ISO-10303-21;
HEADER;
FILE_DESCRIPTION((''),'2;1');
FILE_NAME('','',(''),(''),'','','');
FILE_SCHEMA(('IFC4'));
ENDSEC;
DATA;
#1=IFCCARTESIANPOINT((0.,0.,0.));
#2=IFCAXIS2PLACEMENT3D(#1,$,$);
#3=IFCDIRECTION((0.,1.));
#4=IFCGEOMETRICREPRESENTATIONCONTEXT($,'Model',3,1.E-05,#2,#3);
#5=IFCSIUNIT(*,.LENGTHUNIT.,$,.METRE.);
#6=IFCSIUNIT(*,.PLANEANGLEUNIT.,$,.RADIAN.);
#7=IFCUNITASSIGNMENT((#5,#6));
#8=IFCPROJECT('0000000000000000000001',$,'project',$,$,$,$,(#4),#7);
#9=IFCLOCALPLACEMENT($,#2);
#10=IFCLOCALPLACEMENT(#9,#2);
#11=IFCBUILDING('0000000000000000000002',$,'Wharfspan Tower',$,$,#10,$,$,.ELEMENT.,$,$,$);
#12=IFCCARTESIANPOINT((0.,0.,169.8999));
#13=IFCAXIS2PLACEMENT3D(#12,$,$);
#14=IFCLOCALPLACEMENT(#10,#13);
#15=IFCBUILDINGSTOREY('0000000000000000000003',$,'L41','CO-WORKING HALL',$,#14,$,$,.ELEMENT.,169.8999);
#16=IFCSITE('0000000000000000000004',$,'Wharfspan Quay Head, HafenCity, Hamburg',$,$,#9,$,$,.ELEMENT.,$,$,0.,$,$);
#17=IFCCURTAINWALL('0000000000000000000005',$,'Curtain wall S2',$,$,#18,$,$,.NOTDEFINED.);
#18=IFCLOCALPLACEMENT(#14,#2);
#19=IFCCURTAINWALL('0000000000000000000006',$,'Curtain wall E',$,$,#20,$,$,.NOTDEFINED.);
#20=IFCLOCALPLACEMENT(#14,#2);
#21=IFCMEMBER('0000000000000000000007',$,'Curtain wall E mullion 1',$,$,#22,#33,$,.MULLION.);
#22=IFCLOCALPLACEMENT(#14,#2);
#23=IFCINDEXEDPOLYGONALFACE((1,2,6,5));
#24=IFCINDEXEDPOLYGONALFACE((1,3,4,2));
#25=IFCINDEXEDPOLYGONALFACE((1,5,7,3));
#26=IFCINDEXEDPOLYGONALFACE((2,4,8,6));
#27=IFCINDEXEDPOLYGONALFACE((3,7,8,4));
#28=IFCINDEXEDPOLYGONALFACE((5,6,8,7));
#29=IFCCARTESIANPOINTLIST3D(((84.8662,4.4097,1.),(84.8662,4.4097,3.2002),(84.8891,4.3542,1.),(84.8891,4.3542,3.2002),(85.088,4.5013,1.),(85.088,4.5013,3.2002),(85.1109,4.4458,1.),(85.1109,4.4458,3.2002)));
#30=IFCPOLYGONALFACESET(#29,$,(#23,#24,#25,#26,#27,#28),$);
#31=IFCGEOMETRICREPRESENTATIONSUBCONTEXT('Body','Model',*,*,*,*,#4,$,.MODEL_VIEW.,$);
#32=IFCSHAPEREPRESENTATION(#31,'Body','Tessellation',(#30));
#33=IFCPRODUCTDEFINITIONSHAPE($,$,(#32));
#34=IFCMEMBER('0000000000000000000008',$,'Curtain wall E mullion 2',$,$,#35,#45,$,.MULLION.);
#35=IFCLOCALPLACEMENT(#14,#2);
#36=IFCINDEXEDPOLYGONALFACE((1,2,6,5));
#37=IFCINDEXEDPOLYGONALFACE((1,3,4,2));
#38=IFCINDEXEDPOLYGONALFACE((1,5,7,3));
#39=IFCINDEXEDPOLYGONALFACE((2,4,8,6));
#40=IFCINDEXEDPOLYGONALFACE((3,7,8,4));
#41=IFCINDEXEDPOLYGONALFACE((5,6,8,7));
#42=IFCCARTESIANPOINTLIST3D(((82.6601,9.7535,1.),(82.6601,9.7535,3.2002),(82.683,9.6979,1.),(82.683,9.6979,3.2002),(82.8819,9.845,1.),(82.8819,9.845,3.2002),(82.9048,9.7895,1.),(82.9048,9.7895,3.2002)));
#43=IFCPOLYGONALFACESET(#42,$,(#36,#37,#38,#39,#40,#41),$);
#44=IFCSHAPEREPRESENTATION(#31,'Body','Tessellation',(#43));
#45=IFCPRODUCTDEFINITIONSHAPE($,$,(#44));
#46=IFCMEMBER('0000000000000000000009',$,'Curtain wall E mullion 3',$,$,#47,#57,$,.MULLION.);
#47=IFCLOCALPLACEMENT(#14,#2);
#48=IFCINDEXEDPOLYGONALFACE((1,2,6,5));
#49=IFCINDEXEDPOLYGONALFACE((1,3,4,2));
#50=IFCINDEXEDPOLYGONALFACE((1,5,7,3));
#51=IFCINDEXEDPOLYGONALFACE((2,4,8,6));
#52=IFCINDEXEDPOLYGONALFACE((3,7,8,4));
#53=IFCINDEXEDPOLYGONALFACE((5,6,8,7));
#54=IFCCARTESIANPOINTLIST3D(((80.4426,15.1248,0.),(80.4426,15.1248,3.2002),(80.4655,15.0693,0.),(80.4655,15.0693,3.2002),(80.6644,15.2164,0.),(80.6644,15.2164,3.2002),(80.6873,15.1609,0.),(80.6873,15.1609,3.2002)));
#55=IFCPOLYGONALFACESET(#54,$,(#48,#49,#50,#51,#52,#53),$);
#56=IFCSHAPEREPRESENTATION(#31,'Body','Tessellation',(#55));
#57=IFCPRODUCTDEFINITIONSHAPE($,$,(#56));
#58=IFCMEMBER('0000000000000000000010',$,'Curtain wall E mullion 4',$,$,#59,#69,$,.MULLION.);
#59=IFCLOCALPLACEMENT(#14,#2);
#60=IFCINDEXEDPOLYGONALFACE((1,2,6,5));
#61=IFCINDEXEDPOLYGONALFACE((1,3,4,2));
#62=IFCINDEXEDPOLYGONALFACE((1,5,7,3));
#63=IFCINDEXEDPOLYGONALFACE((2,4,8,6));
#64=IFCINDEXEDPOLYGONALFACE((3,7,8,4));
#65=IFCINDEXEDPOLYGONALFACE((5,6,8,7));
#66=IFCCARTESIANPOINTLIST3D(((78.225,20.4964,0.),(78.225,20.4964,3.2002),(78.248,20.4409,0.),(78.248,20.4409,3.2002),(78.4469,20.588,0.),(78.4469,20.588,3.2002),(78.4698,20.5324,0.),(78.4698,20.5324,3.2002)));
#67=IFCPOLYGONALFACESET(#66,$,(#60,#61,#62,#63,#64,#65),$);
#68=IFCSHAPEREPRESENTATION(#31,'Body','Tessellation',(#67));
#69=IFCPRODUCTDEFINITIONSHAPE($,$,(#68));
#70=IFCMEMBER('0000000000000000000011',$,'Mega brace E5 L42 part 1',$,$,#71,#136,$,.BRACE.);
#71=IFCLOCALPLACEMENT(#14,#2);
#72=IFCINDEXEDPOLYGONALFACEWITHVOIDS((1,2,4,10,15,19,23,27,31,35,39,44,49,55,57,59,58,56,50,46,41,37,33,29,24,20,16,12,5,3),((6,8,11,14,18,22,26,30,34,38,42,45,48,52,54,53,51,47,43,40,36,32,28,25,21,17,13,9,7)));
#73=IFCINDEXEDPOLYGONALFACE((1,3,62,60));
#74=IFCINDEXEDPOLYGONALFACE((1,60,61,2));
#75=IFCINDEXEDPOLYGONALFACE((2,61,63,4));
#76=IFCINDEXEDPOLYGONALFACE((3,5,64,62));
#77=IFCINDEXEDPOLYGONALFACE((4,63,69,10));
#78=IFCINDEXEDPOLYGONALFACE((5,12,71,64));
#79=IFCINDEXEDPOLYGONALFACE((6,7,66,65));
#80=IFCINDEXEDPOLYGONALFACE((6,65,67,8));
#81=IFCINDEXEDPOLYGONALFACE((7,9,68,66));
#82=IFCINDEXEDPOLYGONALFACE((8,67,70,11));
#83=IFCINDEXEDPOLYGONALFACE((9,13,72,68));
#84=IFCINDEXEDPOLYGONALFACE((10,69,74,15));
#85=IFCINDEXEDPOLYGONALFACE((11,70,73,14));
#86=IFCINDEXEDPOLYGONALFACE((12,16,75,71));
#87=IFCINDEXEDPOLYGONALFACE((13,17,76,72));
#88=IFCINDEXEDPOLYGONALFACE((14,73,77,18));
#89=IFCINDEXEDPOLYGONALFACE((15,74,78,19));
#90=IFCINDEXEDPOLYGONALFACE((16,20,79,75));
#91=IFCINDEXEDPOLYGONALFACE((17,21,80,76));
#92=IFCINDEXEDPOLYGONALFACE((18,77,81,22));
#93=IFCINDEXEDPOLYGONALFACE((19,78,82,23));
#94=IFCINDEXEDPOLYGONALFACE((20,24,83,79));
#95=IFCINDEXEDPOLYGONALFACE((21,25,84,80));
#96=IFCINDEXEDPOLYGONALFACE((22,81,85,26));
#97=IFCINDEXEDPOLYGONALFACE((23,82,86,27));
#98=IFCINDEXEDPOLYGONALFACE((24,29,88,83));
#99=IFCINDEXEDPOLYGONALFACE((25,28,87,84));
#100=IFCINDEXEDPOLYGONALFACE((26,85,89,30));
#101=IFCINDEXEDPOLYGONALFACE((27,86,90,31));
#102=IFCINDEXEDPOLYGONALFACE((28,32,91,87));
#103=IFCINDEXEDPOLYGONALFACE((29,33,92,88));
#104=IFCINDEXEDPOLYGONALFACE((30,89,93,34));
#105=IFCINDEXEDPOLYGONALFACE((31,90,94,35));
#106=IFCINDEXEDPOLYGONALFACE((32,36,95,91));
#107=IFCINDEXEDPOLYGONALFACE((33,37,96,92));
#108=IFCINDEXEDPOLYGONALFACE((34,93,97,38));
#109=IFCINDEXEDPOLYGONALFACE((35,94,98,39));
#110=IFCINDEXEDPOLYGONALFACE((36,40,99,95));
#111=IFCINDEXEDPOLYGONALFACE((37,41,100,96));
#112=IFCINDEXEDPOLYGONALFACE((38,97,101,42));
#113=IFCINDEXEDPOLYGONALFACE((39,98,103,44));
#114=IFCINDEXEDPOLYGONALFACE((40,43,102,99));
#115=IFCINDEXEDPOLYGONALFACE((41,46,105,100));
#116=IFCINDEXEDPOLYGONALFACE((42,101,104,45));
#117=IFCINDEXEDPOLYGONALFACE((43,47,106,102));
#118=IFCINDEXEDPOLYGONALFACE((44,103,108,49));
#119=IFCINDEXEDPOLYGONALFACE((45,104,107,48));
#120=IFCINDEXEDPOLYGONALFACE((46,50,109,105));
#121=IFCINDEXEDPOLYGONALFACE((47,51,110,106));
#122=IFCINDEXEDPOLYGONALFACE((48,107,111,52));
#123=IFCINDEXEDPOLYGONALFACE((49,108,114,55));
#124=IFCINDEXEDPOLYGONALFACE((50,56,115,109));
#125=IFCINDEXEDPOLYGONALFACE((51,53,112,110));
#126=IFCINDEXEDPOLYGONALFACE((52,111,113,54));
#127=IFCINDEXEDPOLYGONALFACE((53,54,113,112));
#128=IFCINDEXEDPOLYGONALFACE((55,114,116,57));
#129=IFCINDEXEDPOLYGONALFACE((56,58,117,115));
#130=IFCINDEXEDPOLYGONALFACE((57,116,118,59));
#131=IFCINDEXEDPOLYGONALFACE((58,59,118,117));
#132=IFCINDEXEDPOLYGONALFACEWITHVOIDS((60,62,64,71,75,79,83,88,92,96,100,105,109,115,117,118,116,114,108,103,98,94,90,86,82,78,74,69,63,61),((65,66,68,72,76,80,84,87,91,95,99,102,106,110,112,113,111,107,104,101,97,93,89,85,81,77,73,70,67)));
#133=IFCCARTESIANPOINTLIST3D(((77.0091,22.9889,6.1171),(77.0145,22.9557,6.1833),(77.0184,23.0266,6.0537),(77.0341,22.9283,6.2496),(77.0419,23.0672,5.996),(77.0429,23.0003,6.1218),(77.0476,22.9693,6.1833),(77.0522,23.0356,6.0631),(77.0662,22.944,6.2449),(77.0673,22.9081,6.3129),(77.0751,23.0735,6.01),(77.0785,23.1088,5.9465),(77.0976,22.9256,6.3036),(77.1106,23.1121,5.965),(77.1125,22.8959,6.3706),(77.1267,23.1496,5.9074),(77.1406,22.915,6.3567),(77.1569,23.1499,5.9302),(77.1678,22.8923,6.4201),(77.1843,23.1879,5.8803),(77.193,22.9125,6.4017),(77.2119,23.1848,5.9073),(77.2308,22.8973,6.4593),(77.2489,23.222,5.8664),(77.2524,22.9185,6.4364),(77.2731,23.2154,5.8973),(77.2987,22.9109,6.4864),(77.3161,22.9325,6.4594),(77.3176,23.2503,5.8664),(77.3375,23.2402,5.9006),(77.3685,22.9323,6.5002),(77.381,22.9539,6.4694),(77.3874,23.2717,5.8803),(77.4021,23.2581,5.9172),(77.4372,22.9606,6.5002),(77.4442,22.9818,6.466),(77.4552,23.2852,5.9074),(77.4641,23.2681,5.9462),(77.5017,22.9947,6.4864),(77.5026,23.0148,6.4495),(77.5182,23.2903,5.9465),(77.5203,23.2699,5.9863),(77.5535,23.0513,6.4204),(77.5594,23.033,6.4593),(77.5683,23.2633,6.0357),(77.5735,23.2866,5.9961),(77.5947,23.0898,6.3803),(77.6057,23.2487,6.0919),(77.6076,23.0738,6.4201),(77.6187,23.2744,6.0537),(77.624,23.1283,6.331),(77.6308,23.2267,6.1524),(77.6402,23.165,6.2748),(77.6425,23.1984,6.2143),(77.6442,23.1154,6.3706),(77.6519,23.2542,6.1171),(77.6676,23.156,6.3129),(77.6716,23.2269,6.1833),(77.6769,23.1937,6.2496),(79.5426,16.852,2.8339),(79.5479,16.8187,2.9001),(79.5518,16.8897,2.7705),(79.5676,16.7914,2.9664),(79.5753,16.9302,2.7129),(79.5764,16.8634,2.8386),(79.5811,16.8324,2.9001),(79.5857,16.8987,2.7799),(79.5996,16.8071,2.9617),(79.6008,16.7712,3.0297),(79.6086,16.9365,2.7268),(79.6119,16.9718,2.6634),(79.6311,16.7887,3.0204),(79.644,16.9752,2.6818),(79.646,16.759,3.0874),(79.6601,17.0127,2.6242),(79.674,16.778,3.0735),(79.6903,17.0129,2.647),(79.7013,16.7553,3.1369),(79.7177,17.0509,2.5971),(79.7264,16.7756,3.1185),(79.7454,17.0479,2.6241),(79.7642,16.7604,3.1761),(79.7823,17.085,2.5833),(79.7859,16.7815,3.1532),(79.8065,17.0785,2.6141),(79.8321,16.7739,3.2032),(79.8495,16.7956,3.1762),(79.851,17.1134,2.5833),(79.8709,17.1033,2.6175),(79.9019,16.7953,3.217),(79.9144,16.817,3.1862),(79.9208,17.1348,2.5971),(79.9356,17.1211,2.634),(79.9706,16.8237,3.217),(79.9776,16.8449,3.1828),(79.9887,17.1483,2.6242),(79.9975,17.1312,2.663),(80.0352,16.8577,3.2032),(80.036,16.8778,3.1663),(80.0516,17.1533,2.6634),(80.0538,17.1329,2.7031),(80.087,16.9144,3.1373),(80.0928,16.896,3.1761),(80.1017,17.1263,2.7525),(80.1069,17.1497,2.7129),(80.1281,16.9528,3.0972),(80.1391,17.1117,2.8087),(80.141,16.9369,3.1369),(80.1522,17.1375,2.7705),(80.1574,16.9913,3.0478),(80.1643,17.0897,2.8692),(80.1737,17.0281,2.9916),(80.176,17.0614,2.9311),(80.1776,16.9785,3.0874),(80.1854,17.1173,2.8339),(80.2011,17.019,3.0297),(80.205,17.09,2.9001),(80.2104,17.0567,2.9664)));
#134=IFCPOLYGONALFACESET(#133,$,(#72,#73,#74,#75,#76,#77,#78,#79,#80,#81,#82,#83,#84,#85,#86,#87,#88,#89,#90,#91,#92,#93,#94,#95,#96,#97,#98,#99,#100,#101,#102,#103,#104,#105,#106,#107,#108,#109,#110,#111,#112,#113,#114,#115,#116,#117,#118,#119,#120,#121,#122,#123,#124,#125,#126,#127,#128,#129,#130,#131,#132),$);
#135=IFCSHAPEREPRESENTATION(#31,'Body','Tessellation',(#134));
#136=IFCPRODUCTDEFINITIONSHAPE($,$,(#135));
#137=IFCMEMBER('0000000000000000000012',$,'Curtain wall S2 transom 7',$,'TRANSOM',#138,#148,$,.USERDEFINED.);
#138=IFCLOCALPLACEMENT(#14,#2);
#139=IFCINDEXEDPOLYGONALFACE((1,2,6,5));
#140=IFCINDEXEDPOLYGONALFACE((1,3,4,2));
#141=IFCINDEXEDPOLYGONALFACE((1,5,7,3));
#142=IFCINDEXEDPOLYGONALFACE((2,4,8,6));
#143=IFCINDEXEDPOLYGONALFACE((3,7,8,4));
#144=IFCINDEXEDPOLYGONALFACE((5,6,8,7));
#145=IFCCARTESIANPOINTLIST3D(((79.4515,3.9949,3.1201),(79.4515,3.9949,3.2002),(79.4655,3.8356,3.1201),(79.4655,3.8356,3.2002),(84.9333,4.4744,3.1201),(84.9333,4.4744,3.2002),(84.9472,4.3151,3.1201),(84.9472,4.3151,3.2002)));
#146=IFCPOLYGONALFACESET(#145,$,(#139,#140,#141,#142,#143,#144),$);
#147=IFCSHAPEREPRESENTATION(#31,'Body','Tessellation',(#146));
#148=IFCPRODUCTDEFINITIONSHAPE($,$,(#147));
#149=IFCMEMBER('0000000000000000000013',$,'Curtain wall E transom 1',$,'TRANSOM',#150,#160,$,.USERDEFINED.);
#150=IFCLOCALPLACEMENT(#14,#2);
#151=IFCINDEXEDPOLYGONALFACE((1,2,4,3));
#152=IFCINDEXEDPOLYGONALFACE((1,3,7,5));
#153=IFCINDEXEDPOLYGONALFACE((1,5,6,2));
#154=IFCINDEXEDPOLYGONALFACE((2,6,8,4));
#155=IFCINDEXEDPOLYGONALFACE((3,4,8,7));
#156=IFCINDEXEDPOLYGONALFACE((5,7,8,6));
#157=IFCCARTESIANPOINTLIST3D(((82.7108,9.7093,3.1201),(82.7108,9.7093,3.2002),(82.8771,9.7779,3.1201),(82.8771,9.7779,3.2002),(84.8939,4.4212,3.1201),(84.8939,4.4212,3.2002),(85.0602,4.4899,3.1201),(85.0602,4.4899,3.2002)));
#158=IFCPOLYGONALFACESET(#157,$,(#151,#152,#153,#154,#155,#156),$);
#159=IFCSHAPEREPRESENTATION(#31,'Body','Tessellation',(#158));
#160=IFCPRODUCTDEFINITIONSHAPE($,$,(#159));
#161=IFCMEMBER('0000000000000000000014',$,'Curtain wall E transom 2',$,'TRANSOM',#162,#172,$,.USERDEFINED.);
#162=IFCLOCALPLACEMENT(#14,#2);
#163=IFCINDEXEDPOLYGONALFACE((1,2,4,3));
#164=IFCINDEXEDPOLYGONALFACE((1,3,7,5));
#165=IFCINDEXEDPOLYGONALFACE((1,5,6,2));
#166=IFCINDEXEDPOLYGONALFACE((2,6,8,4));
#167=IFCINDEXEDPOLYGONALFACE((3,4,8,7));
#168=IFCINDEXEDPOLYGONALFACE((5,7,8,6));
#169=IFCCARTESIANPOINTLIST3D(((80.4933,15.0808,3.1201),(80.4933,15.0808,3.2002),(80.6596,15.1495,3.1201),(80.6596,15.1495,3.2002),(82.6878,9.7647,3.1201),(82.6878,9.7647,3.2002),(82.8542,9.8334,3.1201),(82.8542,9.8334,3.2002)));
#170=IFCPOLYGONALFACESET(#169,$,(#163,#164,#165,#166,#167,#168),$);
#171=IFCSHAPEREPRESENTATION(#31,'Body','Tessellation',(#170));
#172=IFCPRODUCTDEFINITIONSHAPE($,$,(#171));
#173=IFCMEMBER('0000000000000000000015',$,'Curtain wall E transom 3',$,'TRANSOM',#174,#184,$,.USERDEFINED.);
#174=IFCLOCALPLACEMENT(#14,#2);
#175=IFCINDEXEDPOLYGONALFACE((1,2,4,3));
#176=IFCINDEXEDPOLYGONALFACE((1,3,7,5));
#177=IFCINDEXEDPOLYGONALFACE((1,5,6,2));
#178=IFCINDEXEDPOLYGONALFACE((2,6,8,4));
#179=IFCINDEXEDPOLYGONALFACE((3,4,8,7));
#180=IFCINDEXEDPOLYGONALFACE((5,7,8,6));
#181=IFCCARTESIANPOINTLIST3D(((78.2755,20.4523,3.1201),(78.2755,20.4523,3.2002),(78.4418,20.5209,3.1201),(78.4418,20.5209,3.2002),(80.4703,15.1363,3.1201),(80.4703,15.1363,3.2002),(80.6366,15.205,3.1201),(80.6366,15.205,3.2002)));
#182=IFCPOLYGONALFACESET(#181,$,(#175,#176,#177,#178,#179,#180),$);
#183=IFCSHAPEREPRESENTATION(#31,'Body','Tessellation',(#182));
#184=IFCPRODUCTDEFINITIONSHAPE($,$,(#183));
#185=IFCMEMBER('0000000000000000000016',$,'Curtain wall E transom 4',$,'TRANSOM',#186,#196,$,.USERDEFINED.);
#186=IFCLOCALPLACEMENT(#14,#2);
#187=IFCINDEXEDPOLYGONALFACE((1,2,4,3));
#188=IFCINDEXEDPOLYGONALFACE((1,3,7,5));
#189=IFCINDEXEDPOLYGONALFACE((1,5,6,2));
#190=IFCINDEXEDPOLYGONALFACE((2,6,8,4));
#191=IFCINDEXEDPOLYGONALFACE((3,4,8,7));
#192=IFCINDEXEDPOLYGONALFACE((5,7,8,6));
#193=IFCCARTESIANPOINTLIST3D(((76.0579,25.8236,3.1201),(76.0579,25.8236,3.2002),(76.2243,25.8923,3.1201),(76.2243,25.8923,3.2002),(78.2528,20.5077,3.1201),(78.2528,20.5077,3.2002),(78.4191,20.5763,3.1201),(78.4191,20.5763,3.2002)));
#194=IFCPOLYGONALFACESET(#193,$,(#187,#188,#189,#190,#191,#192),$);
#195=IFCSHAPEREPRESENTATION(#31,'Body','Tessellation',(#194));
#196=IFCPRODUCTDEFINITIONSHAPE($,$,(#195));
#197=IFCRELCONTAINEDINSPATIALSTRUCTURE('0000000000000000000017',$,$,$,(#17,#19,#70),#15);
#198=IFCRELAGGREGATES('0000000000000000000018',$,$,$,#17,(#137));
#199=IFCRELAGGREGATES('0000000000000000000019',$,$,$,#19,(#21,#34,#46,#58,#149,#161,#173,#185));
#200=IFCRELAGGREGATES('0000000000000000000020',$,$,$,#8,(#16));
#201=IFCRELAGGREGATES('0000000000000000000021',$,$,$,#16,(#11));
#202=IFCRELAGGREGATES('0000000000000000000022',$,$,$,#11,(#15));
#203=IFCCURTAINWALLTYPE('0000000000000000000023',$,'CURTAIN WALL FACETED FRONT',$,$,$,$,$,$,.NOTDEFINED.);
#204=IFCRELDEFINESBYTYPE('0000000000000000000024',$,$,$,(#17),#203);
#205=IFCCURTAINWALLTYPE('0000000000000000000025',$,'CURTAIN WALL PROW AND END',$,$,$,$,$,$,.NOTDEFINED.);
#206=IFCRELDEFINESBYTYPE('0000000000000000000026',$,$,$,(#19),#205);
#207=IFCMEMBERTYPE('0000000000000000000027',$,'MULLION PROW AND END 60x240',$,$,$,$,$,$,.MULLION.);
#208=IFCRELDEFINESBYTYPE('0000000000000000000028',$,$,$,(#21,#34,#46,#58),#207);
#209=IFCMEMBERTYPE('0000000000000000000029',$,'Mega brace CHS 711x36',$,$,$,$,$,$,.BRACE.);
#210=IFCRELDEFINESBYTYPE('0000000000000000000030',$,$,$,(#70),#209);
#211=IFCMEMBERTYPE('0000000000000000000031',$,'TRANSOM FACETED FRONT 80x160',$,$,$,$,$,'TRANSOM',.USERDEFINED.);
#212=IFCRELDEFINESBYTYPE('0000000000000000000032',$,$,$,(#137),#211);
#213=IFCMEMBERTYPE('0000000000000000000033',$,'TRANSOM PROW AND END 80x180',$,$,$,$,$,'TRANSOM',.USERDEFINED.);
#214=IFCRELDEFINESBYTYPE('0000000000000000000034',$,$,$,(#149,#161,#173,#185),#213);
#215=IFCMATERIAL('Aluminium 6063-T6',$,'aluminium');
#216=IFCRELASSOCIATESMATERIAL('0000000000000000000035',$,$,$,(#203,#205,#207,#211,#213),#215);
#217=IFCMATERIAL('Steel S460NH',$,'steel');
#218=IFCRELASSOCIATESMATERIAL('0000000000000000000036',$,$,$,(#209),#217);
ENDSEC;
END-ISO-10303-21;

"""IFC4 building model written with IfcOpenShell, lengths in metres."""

from ifc_helpers import new_model, si_unit, direction, frame, origin, origin_2d, place, context, subcontext, project, spatial, rectangle, hollow_circle, extrude, material, material_profile, profile_set, type_object, element, aggregate, save


model = new_model("IFC4")

# Units and contexts
model_context = context("Model", 3, precision=1e-05, world=origin(), true_north=direction((0.0, 1.0)))
body_context = subcontext(model_context, "Body", "Model", "MODEL_VIEW")
ifc_project = project(units=[si_unit("LENGTHUNIT", "METRE"), si_unit("PLANEANGLEUNIT", "RADIAN")], contexts=[model_context])

# Site, building, storey
site_placement = place(None, origin())
site = spatial("IfcSite", under=ifc_project, at=site_placement, Name="Wharfspan Quay Head, HafenCity, Hamburg", CompositionType="ELEMENT", RefElevation=0.0)
building_placement = place(site_placement, origin())
building = spatial("IfcBuilding", under=site, at=building_placement, Name="Wharfspan Tower", CompositionType="ELEMENT")
storey_placement = place(building_placement, frame((0.0, 0.0, 169.8999)))
storey = spatial("IfcBuildingStorey", under=building, at=storey_placement, Name="L41", Description="CO-WORKING HALL", CompositionType="ELEMENT", Elevation=169.8999)

# Curtain walls, members
ifc_material_1 = material(Name="Aluminium 6063-T6", Category="aluminium")
curtain_wall_type_1 = type_object("IfcCurtainWallType", Name="CURTAIN WALL FACETED FRONT", PredefinedType="NOTDEFINED", material=ifc_material_1)
curtain_wall_1_placement = place(storey_placement, origin())
curtain_wall_1 = element("IfcCurtainWall", 1, at=curtain_wall_1_placement, inside=storey, type_object=curtain_wall_type_1, Name="Curtain wall S2", PredefinedType="NOTDEFINED")
curtain_wall_type_2 = type_object("IfcCurtainWallType", Name="CURTAIN WALL PROW AND END", PredefinedType="NOTDEFINED", material=ifc_material_1)
curtain_wall_2_placement = place(storey_placement, origin())
curtain_wall_2 = element("IfcCurtainWall", 2, at=curtain_wall_2_placement, inside=storey, type_object=curtain_wall_type_2, Name="Curtain wall E", PredefinedType="NOTDEFINED")
ifc_material_profile_1 = material_profile(ifc_material_1, rectangle(XDim=0.24, YDim=0.0601, at=origin_2d()))
ifc_profile_set_1 = profile_set([ifc_material_profile_1], Name="Aluminium 6063-T6")
member_type_1 = type_object("IfcMemberType", Name="MULLION PROW AND END 60x240", PredefinedType="MULLION", material=ifc_profile_set_1)
member_1_placement = place(storey_placement, frame((84.9885, 4.4277, 1.0), z_axis=(0.0, 0.0, 1.0), x_axis=(-0.924325, -0.381602, 0.0)))
member_1 = element("IfcMember", 3, at=member_1_placement, type_object=member_type_1, Name="Curtain wall E mullion 1", PredefinedType="MULLION", context=body_context, shape_type="SweptSolid", body=[
    extrude(rectangle(XDim=0.24, YDim=0.0601, at=origin_2d()), origin(), (0.0, 0.0, 1.0), 2.2002),
])
member_2_placement = place(storey_placement, frame((82.7825, 9.7715, 1.0), z_axis=(0.0, 0.0, 1.0), x_axis=(-0.924325, -0.381602, 0.0)))
member_2 = element("IfcMember", 4, at=member_2_placement, type_object=member_type_1, Name="Curtain wall E mullion 2", PredefinedType="MULLION", context=body_context, shape_type="SweptSolid", body=[
    extrude(rectangle(XDim=0.24, YDim=0.0601, at=origin_2d()), origin(), (0.0, 0.0, 1.0), 2.2002),
])
member_3_placement = place(storey_placement, frame((80.5649, 15.1428, 0.0), z_axis=(0.0, 0.0, 1.0), x_axis=(-0.924325, -0.381602, 0.0)))
member_3 = element("IfcMember", 5, at=member_3_placement, type_object=member_type_1, Name="Curtain wall E mullion 3", PredefinedType="MULLION", context=body_context, shape_type="SweptSolid", body=[
    extrude(rectangle(XDim=0.24, YDim=0.0601, at=origin_2d()), origin(), (0.0, 0.0, 1.0), 3.2002),
])
member_4_placement = place(storey_placement, frame((78.3474, 20.5144, 0.0), z_axis=(0.0, 0.0, 1.0), x_axis=(-0.924325, -0.381602, 0.0)))
member_4 = element("IfcMember", 6, at=member_4_placement, type_object=member_type_1, Name="Curtain wall E mullion 4", PredefinedType="MULLION", context=body_context, shape_type="SweptSolid", body=[
    extrude(rectangle(XDim=0.24, YDim=0.0601, at=origin_2d()), origin(), (0.0, 0.0, 1.0), 3.2002),
])

# Members
ifc_material_2 = material(Name="Steel S460NH", Category="steel")
ifc_material_profile_2 = material_profile(ifc_material_2, hollow_circle(Radius=0.3555, WallThickness=0.0359, at=origin_2d()))
ifc_profile_set_2 = profile_set([ifc_material_profile_2], Name="Steel S460NH")
member_type_2 = type_object("IfcMemberType", Name="Mega brace CHS 711x36", PredefinedType="BRACE", material=ifc_profile_set_2)
member_5_placement = place(storey_placement, frame((79.8765, 16.9543, 2.9001), z_axis=(-0.342045, 0.828562, 0.443271), x_axis=(-0.924337, -0.381581, -0.000003)))
element("IfcMember", 7, at=member_5_placement, inside=storey, type_object=member_type_2, Name="Mega brace E5 L42 part 1", PredefinedType="BRACE", context=body_context, shape_type="SweptSolid", body=[
    extrude(hollow_circle(Radius=0.3555, WallThickness=0.0359, at=origin_2d()), origin(), (0.0, 0.0, 1.0), 7.4067),
])
ifc_material_profile_3 = material_profile(ifc_material_1, rectangle(XDim=0.1599, YDim=0.0801, at=origin_2d()))
ifc_profile_set_3 = profile_set([ifc_material_profile_3], Name="Aluminium 6063-T6")
member_type_3 = type_object("IfcMemberType", Name="TRANSOM FACETED FRONT 80x160", ElementType="TRANSOM", PredefinedType="USERDEFINED", material=ifc_profile_set_3)
member_6_placement = place(storey_placement, frame((79.4585, 3.9153, 3.1602), z_axis=(0.996196, 0.087139, 0.0), x_axis=(-0.087139, 0.996196, 0.0)))
member_6 = element("IfcMember", 8, at=member_6_placement, type_object=member_type_3, Name="Curtain wall S2 transom 7", ObjectType="TRANSOM", PredefinedType="USERDEFINED", context=body_context, shape_type="SweptSolid", body=[
    extrude(rectangle(XDim=0.1599, YDim=0.0801, at=origin_2d()), origin(), (0.0, 0.0, 1.0), 5.5027),
])
ifc_material_profile_4 = material_profile(ifc_material_1, rectangle(XDim=0.1799, YDim=0.0801, at=origin_2d()))
ifc_profile_set_4 = profile_set([ifc_material_profile_4], Name="Aluminium 6063-T6")
member_type_4 = type_object("IfcMemberType", Name="TRANSOM PROW AND END 80x180", ElementType="TRANSOM", PredefinedType="USERDEFINED", material=ifc_profile_set_4)
member_7_placement = place(storey_placement, frame((84.9771, 4.4556, 3.1602), z_axis=(-0.381595, 0.924329, 0.0), x_axis=(-0.924329, -0.381595, 0.0)))
member_7 = element("IfcMember", 9, at=member_7_placement, type_object=member_type_4, Name="Curtain wall E transom 1", ObjectType="TRANSOM", PredefinedType="USERDEFINED", context=body_context, shape_type="SweptSolid", body=[
    extrude(rectangle(XDim=0.1799, YDim=0.0801, at=origin_2d()), origin(), (0.0, 0.0, 1.0), 5.7209),
])
member_8_placement = place(storey_placement, frame((82.771, 9.7991, 3.1602), z_axis=(-0.381578, 0.924337, 0.0), x_axis=(-0.924337, -0.381578, 0.0)))
member_8 = element("IfcMember", 10, at=member_8_placement, type_object=member_type_4, Name="Curtain wall E transom 2", ObjectType="TRANSOM", PredefinedType="USERDEFINED", context=body_context, shape_type="SweptSolid", body=[
    extrude(rectangle(XDim=0.1799, YDim=0.0801, at=origin_2d()), origin(), (0.0, 0.0, 1.0), 5.7512),
])
member_9_placement = place(storey_placement, frame((80.5535, 15.1707, 3.1602), z_axis=(-0.381629, 0.924315, 0.0), x_axis=(-0.924315, -0.381629, 0.0)))
member_9 = element("IfcMember", 11, at=member_9_placement, type_object=member_type_4, Name="Curtain wall E transom 3", ObjectType="TRANSOM", PredefinedType="USERDEFINED", context=body_context, shape_type="SweptSolid", body=[
    extrude(rectangle(XDim=0.1799, YDim=0.0801, at=origin_2d()), origin(), (0.0, 0.0, 1.0), 5.7512),
])
member_10_placement = place(storey_placement, frame((78.3359, 20.542, 3.1602), z_axis=(-0.381629, 0.924315, 0.0), x_axis=(-0.924315, -0.381629, 0.0)))
member_10 = element("IfcMember", 12, at=member_10_placement, type_object=member_type_4, Name="Curtain wall E transom 4", ObjectType="TRANSOM", PredefinedType="USERDEFINED", context=body_context, shape_type="SweptSolid", body=[
    extrude(rectangle(XDim=0.1799, YDim=0.0801, at=origin_2d()), origin(), (0.0, 0.0, 1.0), 5.7512),
])

aggregate(curtain_wall_1, [member_6])
aggregate(curtain_wall_2, [member_1, member_2, member_3, member_4, member_7, member_8, member_9, member_10])

save(model, "model.ifc")
